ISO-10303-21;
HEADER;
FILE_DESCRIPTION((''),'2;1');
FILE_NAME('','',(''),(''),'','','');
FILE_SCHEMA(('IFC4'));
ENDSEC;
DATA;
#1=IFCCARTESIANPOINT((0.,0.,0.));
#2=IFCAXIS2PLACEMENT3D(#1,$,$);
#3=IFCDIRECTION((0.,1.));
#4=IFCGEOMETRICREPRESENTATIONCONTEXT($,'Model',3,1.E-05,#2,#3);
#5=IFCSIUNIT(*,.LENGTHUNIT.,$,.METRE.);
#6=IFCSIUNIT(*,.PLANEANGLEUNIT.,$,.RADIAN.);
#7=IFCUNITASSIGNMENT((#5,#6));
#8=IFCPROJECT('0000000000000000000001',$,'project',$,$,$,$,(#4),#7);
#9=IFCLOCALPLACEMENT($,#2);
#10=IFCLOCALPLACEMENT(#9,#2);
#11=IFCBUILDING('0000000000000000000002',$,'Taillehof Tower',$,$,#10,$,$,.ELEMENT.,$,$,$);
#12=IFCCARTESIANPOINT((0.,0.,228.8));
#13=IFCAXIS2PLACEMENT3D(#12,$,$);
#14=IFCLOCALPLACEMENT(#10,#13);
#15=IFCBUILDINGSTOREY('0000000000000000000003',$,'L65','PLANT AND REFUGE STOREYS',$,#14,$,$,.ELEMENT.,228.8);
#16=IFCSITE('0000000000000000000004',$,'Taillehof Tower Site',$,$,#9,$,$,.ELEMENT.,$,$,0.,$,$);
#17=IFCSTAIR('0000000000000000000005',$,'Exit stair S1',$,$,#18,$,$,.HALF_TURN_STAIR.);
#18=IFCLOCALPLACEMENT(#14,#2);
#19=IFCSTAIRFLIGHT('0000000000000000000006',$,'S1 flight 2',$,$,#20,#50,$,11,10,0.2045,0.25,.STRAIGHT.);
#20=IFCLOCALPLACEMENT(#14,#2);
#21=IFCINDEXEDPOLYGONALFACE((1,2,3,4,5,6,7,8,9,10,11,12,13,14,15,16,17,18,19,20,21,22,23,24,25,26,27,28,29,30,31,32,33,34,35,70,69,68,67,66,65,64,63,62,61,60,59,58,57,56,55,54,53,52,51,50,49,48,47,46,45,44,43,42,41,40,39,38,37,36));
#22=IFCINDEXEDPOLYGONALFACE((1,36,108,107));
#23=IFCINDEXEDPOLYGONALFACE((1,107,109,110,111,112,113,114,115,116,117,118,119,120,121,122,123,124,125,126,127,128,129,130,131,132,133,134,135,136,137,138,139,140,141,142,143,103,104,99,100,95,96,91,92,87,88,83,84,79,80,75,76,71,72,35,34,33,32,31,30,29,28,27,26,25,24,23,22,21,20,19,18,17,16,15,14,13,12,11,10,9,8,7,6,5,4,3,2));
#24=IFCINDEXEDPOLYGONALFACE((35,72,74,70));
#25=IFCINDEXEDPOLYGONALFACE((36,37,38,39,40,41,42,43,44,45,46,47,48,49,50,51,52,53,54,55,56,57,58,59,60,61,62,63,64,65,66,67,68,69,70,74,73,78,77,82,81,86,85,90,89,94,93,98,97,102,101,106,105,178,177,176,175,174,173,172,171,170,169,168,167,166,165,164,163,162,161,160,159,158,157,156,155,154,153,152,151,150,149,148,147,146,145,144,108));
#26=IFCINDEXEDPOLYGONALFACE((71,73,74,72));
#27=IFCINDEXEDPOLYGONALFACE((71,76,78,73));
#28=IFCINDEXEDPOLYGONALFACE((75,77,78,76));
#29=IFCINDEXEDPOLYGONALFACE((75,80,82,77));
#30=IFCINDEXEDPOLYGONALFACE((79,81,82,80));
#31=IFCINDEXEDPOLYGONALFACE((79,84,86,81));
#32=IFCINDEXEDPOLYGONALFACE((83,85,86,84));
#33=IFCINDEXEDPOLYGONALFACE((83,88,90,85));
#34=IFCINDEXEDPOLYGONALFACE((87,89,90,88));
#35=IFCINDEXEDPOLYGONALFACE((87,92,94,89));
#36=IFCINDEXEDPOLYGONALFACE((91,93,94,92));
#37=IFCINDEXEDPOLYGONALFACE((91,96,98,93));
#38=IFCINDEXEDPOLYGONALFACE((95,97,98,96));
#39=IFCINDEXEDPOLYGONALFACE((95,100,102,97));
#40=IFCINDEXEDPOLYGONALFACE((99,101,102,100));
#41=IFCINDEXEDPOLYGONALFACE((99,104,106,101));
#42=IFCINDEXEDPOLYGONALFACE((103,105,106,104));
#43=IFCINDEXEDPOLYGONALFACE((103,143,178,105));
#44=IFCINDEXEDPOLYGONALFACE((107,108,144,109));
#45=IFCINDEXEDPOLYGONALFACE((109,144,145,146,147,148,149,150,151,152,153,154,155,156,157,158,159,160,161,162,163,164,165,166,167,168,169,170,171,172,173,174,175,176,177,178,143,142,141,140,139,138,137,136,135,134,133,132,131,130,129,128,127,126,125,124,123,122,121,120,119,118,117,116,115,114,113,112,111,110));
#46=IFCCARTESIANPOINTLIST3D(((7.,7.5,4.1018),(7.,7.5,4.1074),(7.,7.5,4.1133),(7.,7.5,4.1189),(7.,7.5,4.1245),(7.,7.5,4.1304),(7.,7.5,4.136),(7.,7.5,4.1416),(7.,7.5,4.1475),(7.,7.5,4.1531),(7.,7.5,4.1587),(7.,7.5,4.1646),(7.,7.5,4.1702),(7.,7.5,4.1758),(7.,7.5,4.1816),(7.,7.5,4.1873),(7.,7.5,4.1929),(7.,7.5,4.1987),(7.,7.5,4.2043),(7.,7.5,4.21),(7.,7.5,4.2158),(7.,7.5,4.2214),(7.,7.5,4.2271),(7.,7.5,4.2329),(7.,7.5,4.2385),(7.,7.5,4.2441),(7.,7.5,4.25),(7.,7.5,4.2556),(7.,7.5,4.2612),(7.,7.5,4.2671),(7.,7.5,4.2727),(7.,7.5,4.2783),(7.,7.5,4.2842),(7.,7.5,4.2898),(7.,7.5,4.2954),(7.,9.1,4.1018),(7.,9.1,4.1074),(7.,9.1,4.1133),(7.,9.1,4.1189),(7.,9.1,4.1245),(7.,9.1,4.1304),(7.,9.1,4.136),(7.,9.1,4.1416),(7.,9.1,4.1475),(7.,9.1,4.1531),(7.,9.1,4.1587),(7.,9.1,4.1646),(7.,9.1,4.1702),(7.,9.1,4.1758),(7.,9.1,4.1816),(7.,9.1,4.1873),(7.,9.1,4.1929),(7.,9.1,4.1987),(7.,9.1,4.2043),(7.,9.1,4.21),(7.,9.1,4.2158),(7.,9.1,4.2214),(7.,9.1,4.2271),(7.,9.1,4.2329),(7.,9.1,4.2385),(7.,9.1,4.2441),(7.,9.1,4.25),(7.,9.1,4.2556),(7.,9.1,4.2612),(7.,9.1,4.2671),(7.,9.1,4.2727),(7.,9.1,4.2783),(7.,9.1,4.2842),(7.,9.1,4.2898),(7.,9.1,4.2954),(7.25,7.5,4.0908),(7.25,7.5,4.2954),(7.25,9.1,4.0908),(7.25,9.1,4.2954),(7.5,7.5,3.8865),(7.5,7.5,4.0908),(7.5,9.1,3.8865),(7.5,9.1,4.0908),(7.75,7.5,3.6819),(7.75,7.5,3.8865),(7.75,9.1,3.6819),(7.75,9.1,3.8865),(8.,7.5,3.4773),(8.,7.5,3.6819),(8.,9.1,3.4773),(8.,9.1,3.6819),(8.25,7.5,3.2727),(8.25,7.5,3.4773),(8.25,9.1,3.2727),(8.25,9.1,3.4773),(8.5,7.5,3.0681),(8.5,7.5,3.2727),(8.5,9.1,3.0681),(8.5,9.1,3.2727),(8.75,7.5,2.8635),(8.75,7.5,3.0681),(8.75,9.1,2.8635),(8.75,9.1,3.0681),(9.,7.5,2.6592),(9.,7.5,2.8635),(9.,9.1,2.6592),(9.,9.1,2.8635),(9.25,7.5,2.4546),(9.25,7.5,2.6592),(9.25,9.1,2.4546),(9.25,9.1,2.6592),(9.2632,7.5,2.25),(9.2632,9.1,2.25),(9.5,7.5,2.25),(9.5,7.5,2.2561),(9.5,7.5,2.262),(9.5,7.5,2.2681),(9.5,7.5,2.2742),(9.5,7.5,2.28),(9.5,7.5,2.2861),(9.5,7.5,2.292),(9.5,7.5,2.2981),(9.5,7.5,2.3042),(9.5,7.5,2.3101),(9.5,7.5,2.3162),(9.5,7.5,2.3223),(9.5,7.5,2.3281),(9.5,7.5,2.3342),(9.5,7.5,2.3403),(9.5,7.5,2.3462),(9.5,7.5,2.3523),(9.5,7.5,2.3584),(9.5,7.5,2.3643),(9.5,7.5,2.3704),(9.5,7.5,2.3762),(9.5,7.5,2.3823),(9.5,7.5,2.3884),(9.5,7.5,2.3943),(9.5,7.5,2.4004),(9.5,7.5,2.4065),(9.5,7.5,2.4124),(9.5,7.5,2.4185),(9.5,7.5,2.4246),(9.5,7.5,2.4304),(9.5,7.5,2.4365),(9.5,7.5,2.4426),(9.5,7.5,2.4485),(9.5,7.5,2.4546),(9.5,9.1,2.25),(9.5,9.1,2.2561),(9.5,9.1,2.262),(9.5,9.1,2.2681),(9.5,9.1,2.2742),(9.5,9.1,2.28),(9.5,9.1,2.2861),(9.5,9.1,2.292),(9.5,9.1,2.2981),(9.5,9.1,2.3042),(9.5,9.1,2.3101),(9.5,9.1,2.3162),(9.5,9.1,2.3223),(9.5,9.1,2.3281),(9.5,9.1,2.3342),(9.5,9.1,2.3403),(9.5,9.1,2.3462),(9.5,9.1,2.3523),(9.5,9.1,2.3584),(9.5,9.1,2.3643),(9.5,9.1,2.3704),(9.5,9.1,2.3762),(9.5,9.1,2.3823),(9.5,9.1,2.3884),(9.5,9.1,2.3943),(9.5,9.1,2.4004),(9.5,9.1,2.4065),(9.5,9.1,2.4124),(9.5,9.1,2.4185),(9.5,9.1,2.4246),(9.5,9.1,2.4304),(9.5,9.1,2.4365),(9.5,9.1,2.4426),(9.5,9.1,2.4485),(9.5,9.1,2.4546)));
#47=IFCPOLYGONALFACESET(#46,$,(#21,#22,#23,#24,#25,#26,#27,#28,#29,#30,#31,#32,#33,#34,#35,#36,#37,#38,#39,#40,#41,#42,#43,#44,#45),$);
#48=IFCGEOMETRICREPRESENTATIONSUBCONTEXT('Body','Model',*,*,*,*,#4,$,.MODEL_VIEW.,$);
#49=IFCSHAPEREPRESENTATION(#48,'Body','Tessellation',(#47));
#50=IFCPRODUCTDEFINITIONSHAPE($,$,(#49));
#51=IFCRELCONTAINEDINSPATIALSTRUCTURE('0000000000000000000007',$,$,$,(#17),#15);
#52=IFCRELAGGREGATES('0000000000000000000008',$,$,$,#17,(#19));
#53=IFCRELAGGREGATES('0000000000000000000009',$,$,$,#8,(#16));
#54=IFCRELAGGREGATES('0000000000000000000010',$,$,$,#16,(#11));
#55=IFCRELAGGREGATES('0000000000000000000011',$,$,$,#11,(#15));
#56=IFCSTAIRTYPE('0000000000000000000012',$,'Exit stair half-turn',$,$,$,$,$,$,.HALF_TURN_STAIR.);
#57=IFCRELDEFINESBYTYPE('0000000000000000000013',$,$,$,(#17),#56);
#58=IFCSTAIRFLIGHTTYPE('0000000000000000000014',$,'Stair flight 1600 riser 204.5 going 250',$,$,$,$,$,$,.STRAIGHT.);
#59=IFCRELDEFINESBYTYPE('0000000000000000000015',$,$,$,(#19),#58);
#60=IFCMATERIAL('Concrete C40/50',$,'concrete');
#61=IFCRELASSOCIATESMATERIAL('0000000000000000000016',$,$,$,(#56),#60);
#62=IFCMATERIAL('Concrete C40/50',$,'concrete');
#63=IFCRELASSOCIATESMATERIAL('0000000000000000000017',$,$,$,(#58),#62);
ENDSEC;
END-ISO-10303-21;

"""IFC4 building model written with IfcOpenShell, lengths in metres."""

from ifc_helpers import new_model, si_unit, direction, frame, origin, place, context, subcontext, project, spatial, polyline, outline, extrude, material, type_object, element, aggregate, save


model = new_model("IFC4")

# Units and contexts
model_context = context("Model", 3, precision=1e-05, world=origin(), true_north=direction((0.0, 1.0)))
body_context = subcontext(model_context, "Body", "Model", "MODEL_VIEW")
ifc_project = project(units=[si_unit("LENGTHUNIT", "METRE"), si_unit("PLANEANGLEUNIT", "RADIAN")], contexts=[model_context])

# Site, building, storey
site_placement = place(None, origin())
site = spatial("IfcSite", under=ifc_project, at=site_placement, Name="Taillehof Tower Site", CompositionType="ELEMENT", RefElevation=0.0)
building_placement = place(site_placement, origin())
building = spatial("IfcBuilding", under=site, at=building_placement, Name="Taillehof Tower", CompositionType="ELEMENT")
storey_placement = place(building_placement, frame((0.0, 0.0, 228.8)))
storey = spatial("IfcBuildingStorey", under=building, at=storey_placement, Name="L65", Description="PLANT AND REFUGE STOREYS", CompositionType="ELEMENT", Elevation=228.8)

# Stair, stair flight
ifc_material_1 = material(Name="Concrete C40/50", Category="concrete")
stair_type = type_object("IfcStairType", Name="Exit stair half-turn", PredefinedType="HALF_TURN_STAIR", material=ifc_material_1)
stair_placement = place(storey_placement, origin())
stair = element("IfcStair", 1, at=stair_placement, inside=storey, type_object=stair_type, Name="Exit stair S1", PredefinedType="HALF_TURN_STAIR")
ifc_material_2 = material(Name="Concrete C40/50", Category="concrete")
stair_flight_type = type_object("IfcStairFlightType", Name="Stair flight 1600 riser 204.5 going 250", PredefinedType="STRAIGHT", material=ifc_material_2)
stair_flight_1_placement = place(storey_placement, frame((9.5, 8.3, 2.25), z_axis=(0.0, 0.0, 1.0), x_axis=(-1.0, 0.0, 0.0)))
stair_flight_1 = element("IfcStairFlight", 2, at=stair_flight_1_placement, type_object=stair_flight_type, Name="S1 flight 2", NumberOfRisers=11, NumberOfTreads=10, PredefinedType="STRAIGHT", RiserHeight=0.2045, TreadLength=0.25, context=body_context, shape_type="SweptSolid", body=[
    extrude(outline(polyline([(0.0, 0.0), (0.0, 0.0061), (0.0, 0.012), (0.0, 0.0181), (0.0, 0.0242), (0.0, 0.03), (0.0, 0.0361), (0.0, 0.042), (0.0, 0.0481), (0.0, 0.0542), (0.0, 0.0601), (0.0, 0.0662), (0.0, 0.0723), (0.0, 0.0781), (0.0, 0.0842), (0.0, 0.0903), (0.0, 0.0962), (0.0, 0.1023), (0.0, 0.1084), (0.0, 0.1143), (0.0, 0.1204), (0.0, 0.1262), (0.0, 0.1323), (0.0, 0.1384), (0.0, 0.1443), (0.0, 0.1504), (0.0, 0.1565), (0.0, 0.1624), (0.0, 0.1685), (0.0, 0.1746), (0.0, 0.1804), (0.0, 0.1865), (0.0, 0.1926), (0.0, 0.1985), (0.0, 0.2046), (0.25, 0.2046), (0.25, 0.4092), (0.5, 0.4092), (0.5, 0.6135), (0.75, 0.6135), (0.75, 0.8181), (1.0, 0.8181), (1.0, 1.0227), (1.25, 1.0227), (1.25, 1.2273), (1.5, 1.2273), (1.5, 1.4319), (1.75, 1.4319), (1.75, 1.6365), (2.0, 1.6365), (2.0, 1.8408), (2.25, 1.8408), (2.25, 2.0454), (2.5, 2.0454), (2.5, 2.0398), (2.5, 2.0342), (2.5, 2.0283), (2.5, 2.0227), (2.5, 2.0171), (2.5, 2.0112), (2.5, 2.0056), (2.5, 2.0), (2.5, 1.9941), (2.5, 1.9885), (2.5, 1.9829), (2.5, 1.9771), (2.5, 1.9714), (2.5, 1.9658), (2.5, 1.96), (2.5, 1.9543), (2.5, 1.9487), (2.5, 1.9429), (2.5, 1.9373), (2.5, 1.9316), (2.5, 1.9258), (2.5, 1.9202), (2.5, 1.9146), (2.5, 1.9087), (2.5, 1.9031), (2.5, 1.8975), (2.5, 1.8916), (2.5, 1.886), (2.5, 1.8804), (2.5, 1.8745), (2.5, 1.8689), (2.5, 1.8633), (2.5, 1.8574), (2.5, 1.8518), (0.2368, 0.0), (0.0, 0.0)])), frame((0.0, 0.8, 0.0), z_axis=(0.0, -1.0, 0.0), x_axis=(1.0, 0.0, 0.0)), (0.0, 0.0, 1.0), 1.6),
])
aggregate(stair, [stair_flight_1])

save(model, "model.ifc")
